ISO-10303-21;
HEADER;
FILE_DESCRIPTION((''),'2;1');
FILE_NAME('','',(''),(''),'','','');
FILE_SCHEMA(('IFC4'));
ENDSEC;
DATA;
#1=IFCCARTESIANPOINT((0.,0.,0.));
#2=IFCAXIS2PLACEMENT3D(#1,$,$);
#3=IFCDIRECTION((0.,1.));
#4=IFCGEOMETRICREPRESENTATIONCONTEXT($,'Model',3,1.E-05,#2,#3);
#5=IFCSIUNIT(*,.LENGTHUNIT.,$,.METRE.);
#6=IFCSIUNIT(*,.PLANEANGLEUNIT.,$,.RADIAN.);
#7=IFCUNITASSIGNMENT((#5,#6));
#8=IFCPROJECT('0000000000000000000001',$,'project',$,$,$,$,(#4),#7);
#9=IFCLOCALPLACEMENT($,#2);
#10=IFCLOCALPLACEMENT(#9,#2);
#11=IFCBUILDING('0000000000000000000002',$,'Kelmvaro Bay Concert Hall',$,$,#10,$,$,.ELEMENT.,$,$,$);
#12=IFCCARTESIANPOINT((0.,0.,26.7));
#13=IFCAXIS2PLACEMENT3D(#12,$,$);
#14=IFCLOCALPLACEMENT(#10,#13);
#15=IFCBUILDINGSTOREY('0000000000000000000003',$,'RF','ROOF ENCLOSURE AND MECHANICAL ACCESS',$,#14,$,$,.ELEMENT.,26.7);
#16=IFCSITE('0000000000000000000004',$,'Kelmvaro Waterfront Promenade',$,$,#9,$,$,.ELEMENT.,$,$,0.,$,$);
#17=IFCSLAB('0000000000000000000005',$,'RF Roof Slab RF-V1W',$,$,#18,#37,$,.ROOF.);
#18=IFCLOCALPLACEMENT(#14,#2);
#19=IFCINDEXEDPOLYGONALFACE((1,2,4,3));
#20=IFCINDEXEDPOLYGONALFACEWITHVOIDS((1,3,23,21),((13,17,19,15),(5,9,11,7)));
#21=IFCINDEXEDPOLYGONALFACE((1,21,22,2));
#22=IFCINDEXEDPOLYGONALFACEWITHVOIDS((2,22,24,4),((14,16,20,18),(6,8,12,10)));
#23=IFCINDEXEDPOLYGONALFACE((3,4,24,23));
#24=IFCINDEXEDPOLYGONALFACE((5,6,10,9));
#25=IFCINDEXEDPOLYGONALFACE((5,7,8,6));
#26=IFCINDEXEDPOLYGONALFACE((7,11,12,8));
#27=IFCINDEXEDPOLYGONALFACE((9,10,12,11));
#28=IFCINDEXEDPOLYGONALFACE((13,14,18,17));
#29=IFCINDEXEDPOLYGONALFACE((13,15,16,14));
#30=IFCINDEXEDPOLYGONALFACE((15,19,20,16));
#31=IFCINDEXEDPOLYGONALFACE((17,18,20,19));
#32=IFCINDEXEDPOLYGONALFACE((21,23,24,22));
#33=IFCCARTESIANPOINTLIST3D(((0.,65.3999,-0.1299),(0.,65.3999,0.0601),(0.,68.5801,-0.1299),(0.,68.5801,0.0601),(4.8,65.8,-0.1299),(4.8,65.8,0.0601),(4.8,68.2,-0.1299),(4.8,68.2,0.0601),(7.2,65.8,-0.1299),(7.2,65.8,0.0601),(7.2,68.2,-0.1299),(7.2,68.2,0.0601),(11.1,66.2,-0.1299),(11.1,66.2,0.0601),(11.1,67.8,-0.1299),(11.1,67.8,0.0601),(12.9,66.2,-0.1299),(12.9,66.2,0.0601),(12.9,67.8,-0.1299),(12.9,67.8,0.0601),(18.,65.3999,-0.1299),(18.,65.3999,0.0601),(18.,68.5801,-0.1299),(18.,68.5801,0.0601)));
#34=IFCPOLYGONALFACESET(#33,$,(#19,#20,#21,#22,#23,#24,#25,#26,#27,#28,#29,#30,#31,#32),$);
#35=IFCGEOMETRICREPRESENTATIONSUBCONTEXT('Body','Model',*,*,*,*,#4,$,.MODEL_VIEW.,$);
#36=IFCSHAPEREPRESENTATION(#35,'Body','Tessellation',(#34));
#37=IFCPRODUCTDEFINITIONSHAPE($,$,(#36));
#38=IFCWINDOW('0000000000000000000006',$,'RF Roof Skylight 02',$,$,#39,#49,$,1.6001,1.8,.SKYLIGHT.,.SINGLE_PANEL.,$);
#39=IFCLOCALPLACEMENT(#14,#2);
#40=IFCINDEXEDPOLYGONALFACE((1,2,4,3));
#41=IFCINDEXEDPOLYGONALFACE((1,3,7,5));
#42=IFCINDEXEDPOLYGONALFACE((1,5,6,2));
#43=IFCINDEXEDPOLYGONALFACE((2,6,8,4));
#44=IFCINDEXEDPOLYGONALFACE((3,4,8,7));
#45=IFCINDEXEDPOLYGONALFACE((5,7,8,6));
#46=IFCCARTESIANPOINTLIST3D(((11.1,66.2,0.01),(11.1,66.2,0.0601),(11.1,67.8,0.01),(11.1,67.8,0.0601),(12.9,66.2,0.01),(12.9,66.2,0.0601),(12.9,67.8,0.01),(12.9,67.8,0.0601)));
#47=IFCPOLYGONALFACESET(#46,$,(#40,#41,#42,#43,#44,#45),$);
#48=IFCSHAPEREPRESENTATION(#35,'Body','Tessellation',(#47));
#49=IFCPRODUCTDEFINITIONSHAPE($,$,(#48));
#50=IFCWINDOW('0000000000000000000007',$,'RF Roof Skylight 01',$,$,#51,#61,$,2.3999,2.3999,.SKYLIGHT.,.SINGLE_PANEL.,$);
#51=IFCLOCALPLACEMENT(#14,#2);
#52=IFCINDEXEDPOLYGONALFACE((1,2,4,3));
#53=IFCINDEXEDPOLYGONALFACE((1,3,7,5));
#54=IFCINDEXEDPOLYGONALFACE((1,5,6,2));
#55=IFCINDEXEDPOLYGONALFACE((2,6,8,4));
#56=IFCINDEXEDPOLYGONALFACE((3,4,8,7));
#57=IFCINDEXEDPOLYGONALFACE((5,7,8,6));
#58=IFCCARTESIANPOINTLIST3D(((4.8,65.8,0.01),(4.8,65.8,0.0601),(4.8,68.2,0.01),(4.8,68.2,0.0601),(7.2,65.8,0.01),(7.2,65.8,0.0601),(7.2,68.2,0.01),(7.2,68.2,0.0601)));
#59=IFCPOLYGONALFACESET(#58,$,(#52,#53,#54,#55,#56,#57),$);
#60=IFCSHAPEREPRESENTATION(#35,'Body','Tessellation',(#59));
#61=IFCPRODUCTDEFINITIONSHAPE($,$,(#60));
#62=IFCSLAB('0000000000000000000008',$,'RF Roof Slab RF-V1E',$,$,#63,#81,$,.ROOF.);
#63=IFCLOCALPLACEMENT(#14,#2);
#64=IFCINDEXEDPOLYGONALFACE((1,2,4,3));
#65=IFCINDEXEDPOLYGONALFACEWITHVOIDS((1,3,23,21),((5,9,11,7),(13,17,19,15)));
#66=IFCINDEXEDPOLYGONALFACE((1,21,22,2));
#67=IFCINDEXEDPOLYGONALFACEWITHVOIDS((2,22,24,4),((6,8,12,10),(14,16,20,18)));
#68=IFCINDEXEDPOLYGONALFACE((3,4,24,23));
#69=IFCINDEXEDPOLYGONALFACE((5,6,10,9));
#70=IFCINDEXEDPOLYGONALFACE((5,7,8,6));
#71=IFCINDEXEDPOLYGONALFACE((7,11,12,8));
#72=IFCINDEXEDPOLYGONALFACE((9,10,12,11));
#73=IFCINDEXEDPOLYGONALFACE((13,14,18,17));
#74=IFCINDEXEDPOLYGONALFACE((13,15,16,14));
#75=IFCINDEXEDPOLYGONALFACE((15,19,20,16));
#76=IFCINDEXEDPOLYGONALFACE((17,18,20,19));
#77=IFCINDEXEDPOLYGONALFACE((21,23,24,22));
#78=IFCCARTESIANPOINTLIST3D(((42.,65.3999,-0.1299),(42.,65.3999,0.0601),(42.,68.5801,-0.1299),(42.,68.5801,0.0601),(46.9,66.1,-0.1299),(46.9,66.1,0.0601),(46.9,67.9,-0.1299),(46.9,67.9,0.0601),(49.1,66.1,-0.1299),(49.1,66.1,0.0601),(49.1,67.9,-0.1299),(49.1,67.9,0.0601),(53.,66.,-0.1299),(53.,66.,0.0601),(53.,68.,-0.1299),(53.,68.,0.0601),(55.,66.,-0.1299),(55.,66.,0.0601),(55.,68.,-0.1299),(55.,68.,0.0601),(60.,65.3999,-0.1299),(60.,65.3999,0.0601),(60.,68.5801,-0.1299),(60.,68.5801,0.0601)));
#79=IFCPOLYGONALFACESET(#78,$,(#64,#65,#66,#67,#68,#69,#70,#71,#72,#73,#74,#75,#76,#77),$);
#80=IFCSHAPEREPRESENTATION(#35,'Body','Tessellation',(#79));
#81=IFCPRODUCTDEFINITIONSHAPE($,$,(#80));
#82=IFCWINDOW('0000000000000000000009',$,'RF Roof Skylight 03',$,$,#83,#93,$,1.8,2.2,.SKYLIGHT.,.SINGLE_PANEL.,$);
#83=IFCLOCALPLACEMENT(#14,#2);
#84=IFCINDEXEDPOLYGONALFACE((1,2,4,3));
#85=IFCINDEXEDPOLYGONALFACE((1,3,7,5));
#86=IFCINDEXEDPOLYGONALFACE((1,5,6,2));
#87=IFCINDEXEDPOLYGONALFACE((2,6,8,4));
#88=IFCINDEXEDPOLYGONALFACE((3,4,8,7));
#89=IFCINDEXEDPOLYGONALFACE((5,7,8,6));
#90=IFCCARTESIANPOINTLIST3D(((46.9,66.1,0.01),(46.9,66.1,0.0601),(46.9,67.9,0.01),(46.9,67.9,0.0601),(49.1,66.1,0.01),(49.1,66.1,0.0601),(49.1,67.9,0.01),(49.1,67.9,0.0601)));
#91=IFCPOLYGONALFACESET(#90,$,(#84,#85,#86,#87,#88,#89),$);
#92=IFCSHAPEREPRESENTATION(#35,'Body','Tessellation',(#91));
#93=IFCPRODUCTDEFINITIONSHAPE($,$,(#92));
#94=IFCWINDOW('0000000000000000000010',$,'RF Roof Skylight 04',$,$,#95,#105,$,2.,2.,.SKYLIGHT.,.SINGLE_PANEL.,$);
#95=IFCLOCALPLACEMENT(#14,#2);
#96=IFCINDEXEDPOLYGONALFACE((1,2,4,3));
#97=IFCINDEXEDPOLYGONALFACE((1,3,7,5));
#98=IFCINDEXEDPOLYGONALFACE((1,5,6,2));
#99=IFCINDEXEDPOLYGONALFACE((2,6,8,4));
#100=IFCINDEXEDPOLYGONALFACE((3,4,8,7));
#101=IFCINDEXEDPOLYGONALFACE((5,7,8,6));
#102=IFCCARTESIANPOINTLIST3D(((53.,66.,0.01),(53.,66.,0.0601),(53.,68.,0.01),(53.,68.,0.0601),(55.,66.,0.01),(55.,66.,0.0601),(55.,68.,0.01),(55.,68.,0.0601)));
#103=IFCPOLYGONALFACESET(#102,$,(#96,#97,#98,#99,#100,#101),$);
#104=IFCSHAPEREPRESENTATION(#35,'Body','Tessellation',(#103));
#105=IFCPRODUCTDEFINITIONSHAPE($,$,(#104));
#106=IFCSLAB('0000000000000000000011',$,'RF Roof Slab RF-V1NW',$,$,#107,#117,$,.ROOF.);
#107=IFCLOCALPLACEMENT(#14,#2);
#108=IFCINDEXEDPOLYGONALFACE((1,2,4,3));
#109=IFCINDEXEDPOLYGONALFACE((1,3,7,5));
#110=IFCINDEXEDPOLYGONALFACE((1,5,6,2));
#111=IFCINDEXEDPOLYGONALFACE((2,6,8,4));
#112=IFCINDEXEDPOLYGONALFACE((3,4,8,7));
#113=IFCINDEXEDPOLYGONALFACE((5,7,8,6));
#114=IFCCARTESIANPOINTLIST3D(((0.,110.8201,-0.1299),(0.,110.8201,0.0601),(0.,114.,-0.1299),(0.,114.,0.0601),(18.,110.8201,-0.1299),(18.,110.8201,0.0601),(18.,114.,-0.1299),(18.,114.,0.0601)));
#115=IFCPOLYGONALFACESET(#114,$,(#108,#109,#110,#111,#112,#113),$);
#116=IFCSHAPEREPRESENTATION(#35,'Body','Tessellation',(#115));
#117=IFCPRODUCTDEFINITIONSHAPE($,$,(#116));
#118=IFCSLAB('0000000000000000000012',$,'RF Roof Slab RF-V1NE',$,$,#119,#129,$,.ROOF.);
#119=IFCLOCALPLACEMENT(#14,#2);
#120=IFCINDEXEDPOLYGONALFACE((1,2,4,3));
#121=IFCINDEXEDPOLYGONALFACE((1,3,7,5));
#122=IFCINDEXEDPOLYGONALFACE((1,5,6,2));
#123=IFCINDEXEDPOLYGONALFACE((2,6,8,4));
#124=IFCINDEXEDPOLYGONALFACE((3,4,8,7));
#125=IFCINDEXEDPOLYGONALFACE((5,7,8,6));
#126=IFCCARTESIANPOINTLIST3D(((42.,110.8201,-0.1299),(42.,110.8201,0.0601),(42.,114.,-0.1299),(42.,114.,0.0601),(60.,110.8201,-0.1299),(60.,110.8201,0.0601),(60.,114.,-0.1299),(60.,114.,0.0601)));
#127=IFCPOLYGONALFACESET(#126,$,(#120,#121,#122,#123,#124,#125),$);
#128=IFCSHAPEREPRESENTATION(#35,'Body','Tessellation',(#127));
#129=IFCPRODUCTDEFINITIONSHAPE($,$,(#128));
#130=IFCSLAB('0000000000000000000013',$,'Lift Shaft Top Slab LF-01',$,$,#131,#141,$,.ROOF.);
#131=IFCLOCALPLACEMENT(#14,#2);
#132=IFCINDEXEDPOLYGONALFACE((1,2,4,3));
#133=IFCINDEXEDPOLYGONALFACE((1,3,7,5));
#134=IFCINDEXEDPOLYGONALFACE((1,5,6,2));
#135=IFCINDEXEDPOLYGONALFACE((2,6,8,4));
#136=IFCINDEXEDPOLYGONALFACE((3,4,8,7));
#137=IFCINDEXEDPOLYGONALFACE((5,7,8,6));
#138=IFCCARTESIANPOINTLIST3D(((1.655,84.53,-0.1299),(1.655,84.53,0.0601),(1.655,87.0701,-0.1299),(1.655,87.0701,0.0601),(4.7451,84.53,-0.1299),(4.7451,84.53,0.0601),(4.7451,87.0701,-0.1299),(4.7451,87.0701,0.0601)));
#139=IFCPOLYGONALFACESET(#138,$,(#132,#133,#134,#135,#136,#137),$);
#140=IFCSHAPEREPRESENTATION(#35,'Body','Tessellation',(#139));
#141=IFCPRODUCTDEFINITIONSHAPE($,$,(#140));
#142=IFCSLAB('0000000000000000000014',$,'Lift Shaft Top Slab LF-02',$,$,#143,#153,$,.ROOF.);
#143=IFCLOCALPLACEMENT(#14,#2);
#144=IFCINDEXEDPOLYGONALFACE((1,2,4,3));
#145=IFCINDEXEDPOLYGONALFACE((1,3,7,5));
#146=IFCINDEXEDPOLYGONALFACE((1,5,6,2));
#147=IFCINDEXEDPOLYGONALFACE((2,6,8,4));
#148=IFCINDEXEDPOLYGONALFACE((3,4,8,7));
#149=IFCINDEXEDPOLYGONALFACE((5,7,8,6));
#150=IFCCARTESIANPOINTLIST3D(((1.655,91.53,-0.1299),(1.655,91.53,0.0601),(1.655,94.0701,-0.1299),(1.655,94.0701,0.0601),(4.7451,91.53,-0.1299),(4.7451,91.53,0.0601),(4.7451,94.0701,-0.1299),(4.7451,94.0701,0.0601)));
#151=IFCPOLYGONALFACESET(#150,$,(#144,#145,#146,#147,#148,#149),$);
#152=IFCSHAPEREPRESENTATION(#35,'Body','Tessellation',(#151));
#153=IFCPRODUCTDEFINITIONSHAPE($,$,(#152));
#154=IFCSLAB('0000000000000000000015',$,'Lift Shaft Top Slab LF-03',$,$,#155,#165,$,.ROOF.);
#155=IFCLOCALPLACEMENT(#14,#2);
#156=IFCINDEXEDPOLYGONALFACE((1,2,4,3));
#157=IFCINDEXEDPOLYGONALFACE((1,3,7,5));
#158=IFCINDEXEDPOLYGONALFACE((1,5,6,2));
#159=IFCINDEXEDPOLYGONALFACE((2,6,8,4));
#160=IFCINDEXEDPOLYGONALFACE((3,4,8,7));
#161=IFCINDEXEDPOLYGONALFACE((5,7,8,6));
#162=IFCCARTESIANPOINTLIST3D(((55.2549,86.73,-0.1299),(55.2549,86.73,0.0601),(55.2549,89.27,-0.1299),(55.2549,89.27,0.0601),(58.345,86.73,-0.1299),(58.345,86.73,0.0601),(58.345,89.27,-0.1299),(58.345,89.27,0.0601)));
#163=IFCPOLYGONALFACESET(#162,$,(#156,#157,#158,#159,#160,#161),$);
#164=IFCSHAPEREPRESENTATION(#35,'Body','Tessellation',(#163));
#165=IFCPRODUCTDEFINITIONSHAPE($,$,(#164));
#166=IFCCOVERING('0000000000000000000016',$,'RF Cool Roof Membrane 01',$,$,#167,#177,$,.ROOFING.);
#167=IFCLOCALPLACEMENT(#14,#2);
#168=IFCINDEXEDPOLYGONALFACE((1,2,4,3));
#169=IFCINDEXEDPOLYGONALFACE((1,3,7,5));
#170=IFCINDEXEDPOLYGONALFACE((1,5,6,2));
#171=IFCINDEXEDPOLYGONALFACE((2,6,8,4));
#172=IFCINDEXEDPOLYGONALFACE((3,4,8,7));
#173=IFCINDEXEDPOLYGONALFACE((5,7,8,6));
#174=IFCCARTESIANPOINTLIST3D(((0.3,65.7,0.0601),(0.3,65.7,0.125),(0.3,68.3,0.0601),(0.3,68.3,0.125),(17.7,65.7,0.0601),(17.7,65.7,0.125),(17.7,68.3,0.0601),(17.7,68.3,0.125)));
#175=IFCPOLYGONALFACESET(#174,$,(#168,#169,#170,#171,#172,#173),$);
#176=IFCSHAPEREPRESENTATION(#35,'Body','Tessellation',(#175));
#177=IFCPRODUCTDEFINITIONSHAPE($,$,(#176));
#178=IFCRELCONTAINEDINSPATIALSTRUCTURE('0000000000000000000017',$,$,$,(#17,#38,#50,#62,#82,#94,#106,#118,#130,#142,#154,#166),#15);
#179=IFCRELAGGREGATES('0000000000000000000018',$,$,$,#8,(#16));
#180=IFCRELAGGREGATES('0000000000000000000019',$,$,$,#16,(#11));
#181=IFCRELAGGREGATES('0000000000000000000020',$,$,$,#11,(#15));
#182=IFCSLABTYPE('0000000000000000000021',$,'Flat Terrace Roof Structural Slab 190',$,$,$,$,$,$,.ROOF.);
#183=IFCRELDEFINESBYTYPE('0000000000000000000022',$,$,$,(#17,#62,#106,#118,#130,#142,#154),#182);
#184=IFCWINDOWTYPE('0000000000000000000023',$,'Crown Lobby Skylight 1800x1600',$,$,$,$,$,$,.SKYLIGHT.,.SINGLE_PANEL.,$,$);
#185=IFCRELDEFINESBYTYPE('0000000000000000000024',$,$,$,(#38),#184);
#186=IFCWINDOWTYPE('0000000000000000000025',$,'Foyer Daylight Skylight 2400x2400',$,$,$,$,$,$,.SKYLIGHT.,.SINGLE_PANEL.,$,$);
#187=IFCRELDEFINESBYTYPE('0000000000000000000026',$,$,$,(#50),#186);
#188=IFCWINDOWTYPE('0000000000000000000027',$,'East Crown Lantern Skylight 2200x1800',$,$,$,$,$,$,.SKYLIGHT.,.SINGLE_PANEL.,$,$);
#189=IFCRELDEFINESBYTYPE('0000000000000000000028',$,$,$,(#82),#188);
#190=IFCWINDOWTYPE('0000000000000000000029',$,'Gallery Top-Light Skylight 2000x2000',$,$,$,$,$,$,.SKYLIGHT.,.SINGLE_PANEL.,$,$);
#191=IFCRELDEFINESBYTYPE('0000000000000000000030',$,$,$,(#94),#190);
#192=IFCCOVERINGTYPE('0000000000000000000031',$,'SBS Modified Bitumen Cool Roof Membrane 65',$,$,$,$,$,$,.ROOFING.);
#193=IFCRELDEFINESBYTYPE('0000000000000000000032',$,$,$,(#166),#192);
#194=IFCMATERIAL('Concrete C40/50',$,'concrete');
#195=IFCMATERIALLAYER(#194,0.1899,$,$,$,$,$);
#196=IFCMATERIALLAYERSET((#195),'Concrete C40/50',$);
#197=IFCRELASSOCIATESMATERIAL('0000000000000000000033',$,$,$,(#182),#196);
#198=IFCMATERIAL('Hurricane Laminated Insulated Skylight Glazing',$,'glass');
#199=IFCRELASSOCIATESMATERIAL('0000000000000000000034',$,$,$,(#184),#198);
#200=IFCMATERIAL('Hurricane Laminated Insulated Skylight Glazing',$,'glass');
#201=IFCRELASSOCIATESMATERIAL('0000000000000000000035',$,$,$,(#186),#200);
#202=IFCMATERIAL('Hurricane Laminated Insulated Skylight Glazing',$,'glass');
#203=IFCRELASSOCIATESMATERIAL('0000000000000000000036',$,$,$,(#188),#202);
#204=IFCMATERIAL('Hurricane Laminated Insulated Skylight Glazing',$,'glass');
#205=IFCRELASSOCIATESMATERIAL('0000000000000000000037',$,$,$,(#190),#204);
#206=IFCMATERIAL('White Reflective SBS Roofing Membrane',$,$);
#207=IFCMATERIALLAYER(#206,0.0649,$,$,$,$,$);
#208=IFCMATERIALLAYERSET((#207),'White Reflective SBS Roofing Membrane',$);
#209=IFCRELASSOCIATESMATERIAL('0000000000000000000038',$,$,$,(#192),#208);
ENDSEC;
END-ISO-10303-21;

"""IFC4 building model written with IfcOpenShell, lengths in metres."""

from ifc_helpers import new_model, si_unit, direction, frame, origin, origin_2d, place, context, subcontext, project, spatial, polyline, rectangle, outline, extrude, material, layer, layer_set, type_object, element, fill, save


model = new_model("IFC4")

# Units and contexts
model_context = context("Model", 3, precision=1e-05, world=origin(), true_north=direction((0.0, 1.0)))
body_context = subcontext(model_context, "Body", "Model", "MODEL_VIEW")
ifc_project = project(units=[si_unit("LENGTHUNIT", "METRE"), si_unit("PLANEANGLEUNIT", "RADIAN")], contexts=[model_context])

# Site, building, storey
site_placement = place(None, origin())
site = spatial("IfcSite", under=ifc_project, at=site_placement, Name="Kelmvaro Waterfront Promenade", CompositionType="ELEMENT", RefElevation=0.0)
building_placement = place(site_placement, origin())
building = spatial("IfcBuilding", under=site, at=building_placement, Name="Kelmvaro Bay Concert Hall", CompositionType="ELEMENT")
storey_placement = place(building_placement, frame((0.0, 0.0, 26.7)))
storey = spatial("IfcBuildingStorey", under=building, at=storey_placement, Name="RF", Description="ROOF ENCLOSURE AND MECHANICAL ACCESS", CompositionType="ELEMENT", Elevation=26.7)

# Slabs, openings, windows
ifc_material_1 = material(Name="Concrete C40/50", Category="concrete")
ifc_layer_1 = layer(ifc_material_1, 0.1899)
ifc_layer_set_1 = layer_set([ifc_layer_1], Name="Concrete C40/50")
slab_type_1 = type_object("IfcSlabType", Name="Flat Terrace Roof Structural Slab 190", PredefinedType="ROOF", material=ifc_layer_set_1)
slab_1_placement = place(storey_placement, frame((0.0, 0.0, -0.1299)))
slab_1 = element("IfcSlab", 1, at=slab_1_placement, inside=storey, type_object=slab_type_1, Name="RF Roof Slab RF-V1W", PredefinedType="ROOF", context=body_context, shape_type="SweptSolid", body=[
    extrude(outline(polyline([(0.0, 65.3999), (18.0, 65.3999), (18.0, 68.5801), (0.0, 68.5801), (0.0, 65.3999)])), origin(), (0.0, 0.0, 1.0), 0.1899),
])
opening_1_placement = place(slab_1_placement, frame((6.0, 67.0, 0.0)))
opening_1 = element("IfcOpeningElement", 2, at=opening_1_placement, cuts=slab_1, PredefinedType="OPENING", context=body_context, shape_type="SweptSolid", body=[
    extrude(rectangle(XDim=2.3999, YDim=2.3999, at=origin_2d()), origin(), (0.0, 0.0, 1.0), 0.1899),
])
opening_2_placement = place(slab_1_placement, frame((12.0, 67.0, 0.0)))
opening_2 = element("IfcOpeningElement", 3, at=opening_2_placement, cuts=slab_1, PredefinedType="OPENING", context=body_context, shape_type="SweptSolid", body=[
    extrude(rectangle(XDim=1.8, YDim=1.6001, at=origin_2d()), origin(), (0.0, 0.0, 1.0), 0.1899),
])
ifc_material_2 = material(Name="Hurricane Laminated Insulated Skylight Glazing", Category="glass")
window_type_1 = type_object("IfcWindowType", Name="Crown Lobby Skylight 1800x1600", PartitioningType="SINGLE_PANEL", PredefinedType="SKYLIGHT", material=ifc_material_2)
window_1_placement = place(opening_2_placement, frame((0.0, 0.0, 0.1399)))
window_1 = element("IfcWindow", 4, at=window_1_placement, inside=storey, type_object=window_type_1, Name="RF Roof Skylight 02", OverallHeight=1.6001, OverallWidth=1.8, PartitioningType="SINGLE_PANEL", PredefinedType="SKYLIGHT", context=body_context, shape_type="SweptSolid", body=[
    extrude(rectangle(XDim=1.8, YDim=1.6001, at=origin_2d()), origin(), (0.0, 0.0, 1.0), 0.05),
])
fill(opening_2, window_1)
ifc_material_3 = material(Name="Hurricane Laminated Insulated Skylight Glazing", Category="glass")
window_type_2 = type_object("IfcWindowType", Name="Foyer Daylight Skylight 2400x2400", PartitioningType="SINGLE_PANEL", PredefinedType="SKYLIGHT", material=ifc_material_3)
window_2_placement = place(opening_1_placement, frame((0.0, 0.0, 0.1399)))
window_2 = element("IfcWindow", 5, at=window_2_placement, inside=storey, type_object=window_type_2, Name="RF Roof Skylight 01", OverallHeight=2.3999, OverallWidth=2.3999, PartitioningType="SINGLE_PANEL", PredefinedType="SKYLIGHT", context=body_context, shape_type="SweptSolid", body=[
    extrude(rectangle(XDim=2.3999, YDim=2.3999, at=origin_2d()), origin(), (0.0, 0.0, 1.0), 0.05),
])
fill(opening_1, window_2)
slab_2_placement = place(storey_placement, frame((0.0, 0.0, -0.1299)))
slab_2 = element("IfcSlab", 6, at=slab_2_placement, inside=storey, type_object=slab_type_1, Name="RF Roof Slab RF-V1E", PredefinedType="ROOF", context=body_context, shape_type="SweptSolid", body=[
    extrude(outline(polyline([(42.0, 65.3999), (60.0, 65.3999), (60.0, 68.5801), (42.0, 68.5801), (42.0, 65.3999)])), origin(), (0.0, 0.0, 1.0), 0.1899),
])
opening_3_placement = place(slab_2_placement, frame((48.0, 67.0, 0.0)))
opening_3 = element("IfcOpeningElement", 7, at=opening_3_placement, cuts=slab_2, PredefinedType="OPENING", context=body_context, shape_type="SweptSolid", body=[
    extrude(rectangle(XDim=2.2, YDim=1.8, at=origin_2d()), origin(), (0.0, 0.0, 1.0), 0.1899),
])
opening_4_placement = place(slab_2_placement, frame((54.0, 67.0, 0.0)))
opening_4 = element("IfcOpeningElement", 8, at=opening_4_placement, cuts=slab_2, PredefinedType="OPENING", context=body_context, shape_type="SweptSolid", body=[
    extrude(rectangle(XDim=2.0, YDim=2.0, at=origin_2d()), origin(), (0.0, 0.0, 1.0), 0.1899),
])
ifc_material_4 = material(Name="Hurricane Laminated Insulated Skylight Glazing", Category="glass")
window_type_3 = type_object("IfcWindowType", Name="East Crown Lantern Skylight 2200x1800", PartitioningType="SINGLE_PANEL", PredefinedType="SKYLIGHT", material=ifc_material_4)
window_3_placement = place(opening_3_placement, frame((0.0, 0.0, 0.1399)))
window_3 = element("IfcWindow", 9, at=window_3_placement, inside=storey, type_object=window_type_3, Name="RF Roof Skylight 03", OverallHeight=1.8, OverallWidth=2.2, PartitioningType="SINGLE_PANEL", PredefinedType="SKYLIGHT", context=body_context, shape_type="SweptSolid", body=[
    extrude(rectangle(XDim=2.2, YDim=1.8, at=origin_2d()), origin(), (0.0, 0.0, 1.0), 0.05),
])
fill(opening_3, window_3)
ifc_material_5 = material(Name="Hurricane Laminated Insulated Skylight Glazing", Category="glass")
window_type_4 = type_object("IfcWindowType", Name="Gallery Top-Light Skylight 2000x2000", PartitioningType="SINGLE_PANEL", PredefinedType="SKYLIGHT", material=ifc_material_5)
window_4_placement = place(opening_4_placement, frame((0.0, 0.0, 0.1399)))
window_4 = element("IfcWindow", 10, at=window_4_placement, inside=storey, type_object=window_type_4, Name="RF Roof Skylight 04", OverallHeight=2.0, OverallWidth=2.0, PartitioningType="SINGLE_PANEL", PredefinedType="SKYLIGHT", context=body_context, shape_type="SweptSolid", body=[
    extrude(rectangle(XDim=2.0, YDim=2.0, at=origin_2d()), origin(), (0.0, 0.0, 1.0), 0.05),
])
fill(opening_4, window_4)

# Slabs
slab_3_placement = place(storey_placement, frame((0.0, 0.0, -0.1299)))
element("IfcSlab", 11, at=slab_3_placement, inside=storey, type_object=slab_type_1, Name="RF Roof Slab RF-V1NW", PredefinedType="ROOF", context=body_context, shape_type="SweptSolid", body=[
    extrude(outline(polyline([(0.0, 110.8201), (18.0, 110.8201), (18.0, 114.0), (0.0, 114.0), (0.0, 110.8201)])), origin(), (0.0, 0.0, 1.0), 0.1899),
])
slab_4_placement = place(storey_placement, frame((0.0, 0.0, -0.1299)))
element("IfcSlab", 12, at=slab_4_placement, inside=storey, type_object=slab_type_1, Name="RF Roof Slab RF-V1NE", PredefinedType="ROOF", context=body_context, shape_type="SweptSolid", body=[
    extrude(outline(polyline([(42.0, 110.8201), (60.0, 110.8201), (60.0, 114.0), (42.0, 114.0), (42.0, 110.8201)])), origin(), (0.0, 0.0, 1.0), 0.1899),
])
slab_5_placement = place(storey_placement, frame((0.0, 0.0, -0.1299)))
element("IfcSlab", 13, at=slab_5_placement, inside=storey, type_object=slab_type_1, Name="Lift Shaft Top Slab LF-01", PredefinedType="ROOF", context=body_context, shape_type="SweptSolid", body=[
    extrude(outline(polyline([(1.655, 84.53), (4.7451, 84.53), (4.7451, 87.0701), (1.655, 87.0701), (1.655, 84.53)])), origin(), (0.0, 0.0, 1.0), 0.1899),
])
slab_6_placement = place(storey_placement, frame((0.0, 0.0, -0.1299)))
element("IfcSlab", 14, at=slab_6_placement, inside=storey, type_object=slab_type_1, Name="Lift Shaft Top Slab LF-02", PredefinedType="ROOF", context=body_context, shape_type="SweptSolid", body=[
    extrude(outline(polyline([(1.655, 91.53), (4.7451, 91.53), (4.7451, 94.0701), (1.655, 94.0701), (1.655, 91.53)])), origin(), (0.0, 0.0, 1.0), 0.1899),
])
slab_7_placement = place(storey_placement, frame((0.0, 0.0, -0.1299)))
element("IfcSlab", 15, at=slab_7_placement, inside=storey, type_object=slab_type_1, Name="Lift Shaft Top Slab LF-03", PredefinedType="ROOF", context=body_context, shape_type="SweptSolid", body=[
    extrude(outline(polyline([(55.2549, 86.73), (58.345, 86.73), (58.345, 89.27), (55.2549, 89.27), (55.2549, 86.73)])), origin(), (0.0, 0.0, 1.0), 0.1899),
])

# Covering
ifc_material_6 = material(Name="White Reflective SBS Roofing Membrane")
ifc_layer_2 = layer(ifc_material_6, 0.0649)
ifc_layer_set_2 = layer_set([ifc_layer_2], Name="White Reflective SBS Roofing Membrane")
covering_type = type_object("IfcCoveringType", Name="SBS Modified Bitumen Cool Roof Membrane 65", PredefinedType="ROOFING", material=ifc_layer_set_2)
covering_1_placement = place(storey_placement, frame((0.0, 0.0, 0.0601)))
element("IfcCovering", 16, at=covering_1_placement, inside=storey, type_object=covering_type, Name="RF Cool Roof Membrane 01", PredefinedType="ROOFING", context=body_context, shape_type="SweptSolid", body=[
    extrude(outline(polyline([(0.3, 65.7), (17.7, 65.7), (17.7, 68.3), (0.3, 68.3), (0.3, 65.7)])), origin(), (0.0, 0.0, 1.0), 0.0649),
])

save(model, "model.ifc")
